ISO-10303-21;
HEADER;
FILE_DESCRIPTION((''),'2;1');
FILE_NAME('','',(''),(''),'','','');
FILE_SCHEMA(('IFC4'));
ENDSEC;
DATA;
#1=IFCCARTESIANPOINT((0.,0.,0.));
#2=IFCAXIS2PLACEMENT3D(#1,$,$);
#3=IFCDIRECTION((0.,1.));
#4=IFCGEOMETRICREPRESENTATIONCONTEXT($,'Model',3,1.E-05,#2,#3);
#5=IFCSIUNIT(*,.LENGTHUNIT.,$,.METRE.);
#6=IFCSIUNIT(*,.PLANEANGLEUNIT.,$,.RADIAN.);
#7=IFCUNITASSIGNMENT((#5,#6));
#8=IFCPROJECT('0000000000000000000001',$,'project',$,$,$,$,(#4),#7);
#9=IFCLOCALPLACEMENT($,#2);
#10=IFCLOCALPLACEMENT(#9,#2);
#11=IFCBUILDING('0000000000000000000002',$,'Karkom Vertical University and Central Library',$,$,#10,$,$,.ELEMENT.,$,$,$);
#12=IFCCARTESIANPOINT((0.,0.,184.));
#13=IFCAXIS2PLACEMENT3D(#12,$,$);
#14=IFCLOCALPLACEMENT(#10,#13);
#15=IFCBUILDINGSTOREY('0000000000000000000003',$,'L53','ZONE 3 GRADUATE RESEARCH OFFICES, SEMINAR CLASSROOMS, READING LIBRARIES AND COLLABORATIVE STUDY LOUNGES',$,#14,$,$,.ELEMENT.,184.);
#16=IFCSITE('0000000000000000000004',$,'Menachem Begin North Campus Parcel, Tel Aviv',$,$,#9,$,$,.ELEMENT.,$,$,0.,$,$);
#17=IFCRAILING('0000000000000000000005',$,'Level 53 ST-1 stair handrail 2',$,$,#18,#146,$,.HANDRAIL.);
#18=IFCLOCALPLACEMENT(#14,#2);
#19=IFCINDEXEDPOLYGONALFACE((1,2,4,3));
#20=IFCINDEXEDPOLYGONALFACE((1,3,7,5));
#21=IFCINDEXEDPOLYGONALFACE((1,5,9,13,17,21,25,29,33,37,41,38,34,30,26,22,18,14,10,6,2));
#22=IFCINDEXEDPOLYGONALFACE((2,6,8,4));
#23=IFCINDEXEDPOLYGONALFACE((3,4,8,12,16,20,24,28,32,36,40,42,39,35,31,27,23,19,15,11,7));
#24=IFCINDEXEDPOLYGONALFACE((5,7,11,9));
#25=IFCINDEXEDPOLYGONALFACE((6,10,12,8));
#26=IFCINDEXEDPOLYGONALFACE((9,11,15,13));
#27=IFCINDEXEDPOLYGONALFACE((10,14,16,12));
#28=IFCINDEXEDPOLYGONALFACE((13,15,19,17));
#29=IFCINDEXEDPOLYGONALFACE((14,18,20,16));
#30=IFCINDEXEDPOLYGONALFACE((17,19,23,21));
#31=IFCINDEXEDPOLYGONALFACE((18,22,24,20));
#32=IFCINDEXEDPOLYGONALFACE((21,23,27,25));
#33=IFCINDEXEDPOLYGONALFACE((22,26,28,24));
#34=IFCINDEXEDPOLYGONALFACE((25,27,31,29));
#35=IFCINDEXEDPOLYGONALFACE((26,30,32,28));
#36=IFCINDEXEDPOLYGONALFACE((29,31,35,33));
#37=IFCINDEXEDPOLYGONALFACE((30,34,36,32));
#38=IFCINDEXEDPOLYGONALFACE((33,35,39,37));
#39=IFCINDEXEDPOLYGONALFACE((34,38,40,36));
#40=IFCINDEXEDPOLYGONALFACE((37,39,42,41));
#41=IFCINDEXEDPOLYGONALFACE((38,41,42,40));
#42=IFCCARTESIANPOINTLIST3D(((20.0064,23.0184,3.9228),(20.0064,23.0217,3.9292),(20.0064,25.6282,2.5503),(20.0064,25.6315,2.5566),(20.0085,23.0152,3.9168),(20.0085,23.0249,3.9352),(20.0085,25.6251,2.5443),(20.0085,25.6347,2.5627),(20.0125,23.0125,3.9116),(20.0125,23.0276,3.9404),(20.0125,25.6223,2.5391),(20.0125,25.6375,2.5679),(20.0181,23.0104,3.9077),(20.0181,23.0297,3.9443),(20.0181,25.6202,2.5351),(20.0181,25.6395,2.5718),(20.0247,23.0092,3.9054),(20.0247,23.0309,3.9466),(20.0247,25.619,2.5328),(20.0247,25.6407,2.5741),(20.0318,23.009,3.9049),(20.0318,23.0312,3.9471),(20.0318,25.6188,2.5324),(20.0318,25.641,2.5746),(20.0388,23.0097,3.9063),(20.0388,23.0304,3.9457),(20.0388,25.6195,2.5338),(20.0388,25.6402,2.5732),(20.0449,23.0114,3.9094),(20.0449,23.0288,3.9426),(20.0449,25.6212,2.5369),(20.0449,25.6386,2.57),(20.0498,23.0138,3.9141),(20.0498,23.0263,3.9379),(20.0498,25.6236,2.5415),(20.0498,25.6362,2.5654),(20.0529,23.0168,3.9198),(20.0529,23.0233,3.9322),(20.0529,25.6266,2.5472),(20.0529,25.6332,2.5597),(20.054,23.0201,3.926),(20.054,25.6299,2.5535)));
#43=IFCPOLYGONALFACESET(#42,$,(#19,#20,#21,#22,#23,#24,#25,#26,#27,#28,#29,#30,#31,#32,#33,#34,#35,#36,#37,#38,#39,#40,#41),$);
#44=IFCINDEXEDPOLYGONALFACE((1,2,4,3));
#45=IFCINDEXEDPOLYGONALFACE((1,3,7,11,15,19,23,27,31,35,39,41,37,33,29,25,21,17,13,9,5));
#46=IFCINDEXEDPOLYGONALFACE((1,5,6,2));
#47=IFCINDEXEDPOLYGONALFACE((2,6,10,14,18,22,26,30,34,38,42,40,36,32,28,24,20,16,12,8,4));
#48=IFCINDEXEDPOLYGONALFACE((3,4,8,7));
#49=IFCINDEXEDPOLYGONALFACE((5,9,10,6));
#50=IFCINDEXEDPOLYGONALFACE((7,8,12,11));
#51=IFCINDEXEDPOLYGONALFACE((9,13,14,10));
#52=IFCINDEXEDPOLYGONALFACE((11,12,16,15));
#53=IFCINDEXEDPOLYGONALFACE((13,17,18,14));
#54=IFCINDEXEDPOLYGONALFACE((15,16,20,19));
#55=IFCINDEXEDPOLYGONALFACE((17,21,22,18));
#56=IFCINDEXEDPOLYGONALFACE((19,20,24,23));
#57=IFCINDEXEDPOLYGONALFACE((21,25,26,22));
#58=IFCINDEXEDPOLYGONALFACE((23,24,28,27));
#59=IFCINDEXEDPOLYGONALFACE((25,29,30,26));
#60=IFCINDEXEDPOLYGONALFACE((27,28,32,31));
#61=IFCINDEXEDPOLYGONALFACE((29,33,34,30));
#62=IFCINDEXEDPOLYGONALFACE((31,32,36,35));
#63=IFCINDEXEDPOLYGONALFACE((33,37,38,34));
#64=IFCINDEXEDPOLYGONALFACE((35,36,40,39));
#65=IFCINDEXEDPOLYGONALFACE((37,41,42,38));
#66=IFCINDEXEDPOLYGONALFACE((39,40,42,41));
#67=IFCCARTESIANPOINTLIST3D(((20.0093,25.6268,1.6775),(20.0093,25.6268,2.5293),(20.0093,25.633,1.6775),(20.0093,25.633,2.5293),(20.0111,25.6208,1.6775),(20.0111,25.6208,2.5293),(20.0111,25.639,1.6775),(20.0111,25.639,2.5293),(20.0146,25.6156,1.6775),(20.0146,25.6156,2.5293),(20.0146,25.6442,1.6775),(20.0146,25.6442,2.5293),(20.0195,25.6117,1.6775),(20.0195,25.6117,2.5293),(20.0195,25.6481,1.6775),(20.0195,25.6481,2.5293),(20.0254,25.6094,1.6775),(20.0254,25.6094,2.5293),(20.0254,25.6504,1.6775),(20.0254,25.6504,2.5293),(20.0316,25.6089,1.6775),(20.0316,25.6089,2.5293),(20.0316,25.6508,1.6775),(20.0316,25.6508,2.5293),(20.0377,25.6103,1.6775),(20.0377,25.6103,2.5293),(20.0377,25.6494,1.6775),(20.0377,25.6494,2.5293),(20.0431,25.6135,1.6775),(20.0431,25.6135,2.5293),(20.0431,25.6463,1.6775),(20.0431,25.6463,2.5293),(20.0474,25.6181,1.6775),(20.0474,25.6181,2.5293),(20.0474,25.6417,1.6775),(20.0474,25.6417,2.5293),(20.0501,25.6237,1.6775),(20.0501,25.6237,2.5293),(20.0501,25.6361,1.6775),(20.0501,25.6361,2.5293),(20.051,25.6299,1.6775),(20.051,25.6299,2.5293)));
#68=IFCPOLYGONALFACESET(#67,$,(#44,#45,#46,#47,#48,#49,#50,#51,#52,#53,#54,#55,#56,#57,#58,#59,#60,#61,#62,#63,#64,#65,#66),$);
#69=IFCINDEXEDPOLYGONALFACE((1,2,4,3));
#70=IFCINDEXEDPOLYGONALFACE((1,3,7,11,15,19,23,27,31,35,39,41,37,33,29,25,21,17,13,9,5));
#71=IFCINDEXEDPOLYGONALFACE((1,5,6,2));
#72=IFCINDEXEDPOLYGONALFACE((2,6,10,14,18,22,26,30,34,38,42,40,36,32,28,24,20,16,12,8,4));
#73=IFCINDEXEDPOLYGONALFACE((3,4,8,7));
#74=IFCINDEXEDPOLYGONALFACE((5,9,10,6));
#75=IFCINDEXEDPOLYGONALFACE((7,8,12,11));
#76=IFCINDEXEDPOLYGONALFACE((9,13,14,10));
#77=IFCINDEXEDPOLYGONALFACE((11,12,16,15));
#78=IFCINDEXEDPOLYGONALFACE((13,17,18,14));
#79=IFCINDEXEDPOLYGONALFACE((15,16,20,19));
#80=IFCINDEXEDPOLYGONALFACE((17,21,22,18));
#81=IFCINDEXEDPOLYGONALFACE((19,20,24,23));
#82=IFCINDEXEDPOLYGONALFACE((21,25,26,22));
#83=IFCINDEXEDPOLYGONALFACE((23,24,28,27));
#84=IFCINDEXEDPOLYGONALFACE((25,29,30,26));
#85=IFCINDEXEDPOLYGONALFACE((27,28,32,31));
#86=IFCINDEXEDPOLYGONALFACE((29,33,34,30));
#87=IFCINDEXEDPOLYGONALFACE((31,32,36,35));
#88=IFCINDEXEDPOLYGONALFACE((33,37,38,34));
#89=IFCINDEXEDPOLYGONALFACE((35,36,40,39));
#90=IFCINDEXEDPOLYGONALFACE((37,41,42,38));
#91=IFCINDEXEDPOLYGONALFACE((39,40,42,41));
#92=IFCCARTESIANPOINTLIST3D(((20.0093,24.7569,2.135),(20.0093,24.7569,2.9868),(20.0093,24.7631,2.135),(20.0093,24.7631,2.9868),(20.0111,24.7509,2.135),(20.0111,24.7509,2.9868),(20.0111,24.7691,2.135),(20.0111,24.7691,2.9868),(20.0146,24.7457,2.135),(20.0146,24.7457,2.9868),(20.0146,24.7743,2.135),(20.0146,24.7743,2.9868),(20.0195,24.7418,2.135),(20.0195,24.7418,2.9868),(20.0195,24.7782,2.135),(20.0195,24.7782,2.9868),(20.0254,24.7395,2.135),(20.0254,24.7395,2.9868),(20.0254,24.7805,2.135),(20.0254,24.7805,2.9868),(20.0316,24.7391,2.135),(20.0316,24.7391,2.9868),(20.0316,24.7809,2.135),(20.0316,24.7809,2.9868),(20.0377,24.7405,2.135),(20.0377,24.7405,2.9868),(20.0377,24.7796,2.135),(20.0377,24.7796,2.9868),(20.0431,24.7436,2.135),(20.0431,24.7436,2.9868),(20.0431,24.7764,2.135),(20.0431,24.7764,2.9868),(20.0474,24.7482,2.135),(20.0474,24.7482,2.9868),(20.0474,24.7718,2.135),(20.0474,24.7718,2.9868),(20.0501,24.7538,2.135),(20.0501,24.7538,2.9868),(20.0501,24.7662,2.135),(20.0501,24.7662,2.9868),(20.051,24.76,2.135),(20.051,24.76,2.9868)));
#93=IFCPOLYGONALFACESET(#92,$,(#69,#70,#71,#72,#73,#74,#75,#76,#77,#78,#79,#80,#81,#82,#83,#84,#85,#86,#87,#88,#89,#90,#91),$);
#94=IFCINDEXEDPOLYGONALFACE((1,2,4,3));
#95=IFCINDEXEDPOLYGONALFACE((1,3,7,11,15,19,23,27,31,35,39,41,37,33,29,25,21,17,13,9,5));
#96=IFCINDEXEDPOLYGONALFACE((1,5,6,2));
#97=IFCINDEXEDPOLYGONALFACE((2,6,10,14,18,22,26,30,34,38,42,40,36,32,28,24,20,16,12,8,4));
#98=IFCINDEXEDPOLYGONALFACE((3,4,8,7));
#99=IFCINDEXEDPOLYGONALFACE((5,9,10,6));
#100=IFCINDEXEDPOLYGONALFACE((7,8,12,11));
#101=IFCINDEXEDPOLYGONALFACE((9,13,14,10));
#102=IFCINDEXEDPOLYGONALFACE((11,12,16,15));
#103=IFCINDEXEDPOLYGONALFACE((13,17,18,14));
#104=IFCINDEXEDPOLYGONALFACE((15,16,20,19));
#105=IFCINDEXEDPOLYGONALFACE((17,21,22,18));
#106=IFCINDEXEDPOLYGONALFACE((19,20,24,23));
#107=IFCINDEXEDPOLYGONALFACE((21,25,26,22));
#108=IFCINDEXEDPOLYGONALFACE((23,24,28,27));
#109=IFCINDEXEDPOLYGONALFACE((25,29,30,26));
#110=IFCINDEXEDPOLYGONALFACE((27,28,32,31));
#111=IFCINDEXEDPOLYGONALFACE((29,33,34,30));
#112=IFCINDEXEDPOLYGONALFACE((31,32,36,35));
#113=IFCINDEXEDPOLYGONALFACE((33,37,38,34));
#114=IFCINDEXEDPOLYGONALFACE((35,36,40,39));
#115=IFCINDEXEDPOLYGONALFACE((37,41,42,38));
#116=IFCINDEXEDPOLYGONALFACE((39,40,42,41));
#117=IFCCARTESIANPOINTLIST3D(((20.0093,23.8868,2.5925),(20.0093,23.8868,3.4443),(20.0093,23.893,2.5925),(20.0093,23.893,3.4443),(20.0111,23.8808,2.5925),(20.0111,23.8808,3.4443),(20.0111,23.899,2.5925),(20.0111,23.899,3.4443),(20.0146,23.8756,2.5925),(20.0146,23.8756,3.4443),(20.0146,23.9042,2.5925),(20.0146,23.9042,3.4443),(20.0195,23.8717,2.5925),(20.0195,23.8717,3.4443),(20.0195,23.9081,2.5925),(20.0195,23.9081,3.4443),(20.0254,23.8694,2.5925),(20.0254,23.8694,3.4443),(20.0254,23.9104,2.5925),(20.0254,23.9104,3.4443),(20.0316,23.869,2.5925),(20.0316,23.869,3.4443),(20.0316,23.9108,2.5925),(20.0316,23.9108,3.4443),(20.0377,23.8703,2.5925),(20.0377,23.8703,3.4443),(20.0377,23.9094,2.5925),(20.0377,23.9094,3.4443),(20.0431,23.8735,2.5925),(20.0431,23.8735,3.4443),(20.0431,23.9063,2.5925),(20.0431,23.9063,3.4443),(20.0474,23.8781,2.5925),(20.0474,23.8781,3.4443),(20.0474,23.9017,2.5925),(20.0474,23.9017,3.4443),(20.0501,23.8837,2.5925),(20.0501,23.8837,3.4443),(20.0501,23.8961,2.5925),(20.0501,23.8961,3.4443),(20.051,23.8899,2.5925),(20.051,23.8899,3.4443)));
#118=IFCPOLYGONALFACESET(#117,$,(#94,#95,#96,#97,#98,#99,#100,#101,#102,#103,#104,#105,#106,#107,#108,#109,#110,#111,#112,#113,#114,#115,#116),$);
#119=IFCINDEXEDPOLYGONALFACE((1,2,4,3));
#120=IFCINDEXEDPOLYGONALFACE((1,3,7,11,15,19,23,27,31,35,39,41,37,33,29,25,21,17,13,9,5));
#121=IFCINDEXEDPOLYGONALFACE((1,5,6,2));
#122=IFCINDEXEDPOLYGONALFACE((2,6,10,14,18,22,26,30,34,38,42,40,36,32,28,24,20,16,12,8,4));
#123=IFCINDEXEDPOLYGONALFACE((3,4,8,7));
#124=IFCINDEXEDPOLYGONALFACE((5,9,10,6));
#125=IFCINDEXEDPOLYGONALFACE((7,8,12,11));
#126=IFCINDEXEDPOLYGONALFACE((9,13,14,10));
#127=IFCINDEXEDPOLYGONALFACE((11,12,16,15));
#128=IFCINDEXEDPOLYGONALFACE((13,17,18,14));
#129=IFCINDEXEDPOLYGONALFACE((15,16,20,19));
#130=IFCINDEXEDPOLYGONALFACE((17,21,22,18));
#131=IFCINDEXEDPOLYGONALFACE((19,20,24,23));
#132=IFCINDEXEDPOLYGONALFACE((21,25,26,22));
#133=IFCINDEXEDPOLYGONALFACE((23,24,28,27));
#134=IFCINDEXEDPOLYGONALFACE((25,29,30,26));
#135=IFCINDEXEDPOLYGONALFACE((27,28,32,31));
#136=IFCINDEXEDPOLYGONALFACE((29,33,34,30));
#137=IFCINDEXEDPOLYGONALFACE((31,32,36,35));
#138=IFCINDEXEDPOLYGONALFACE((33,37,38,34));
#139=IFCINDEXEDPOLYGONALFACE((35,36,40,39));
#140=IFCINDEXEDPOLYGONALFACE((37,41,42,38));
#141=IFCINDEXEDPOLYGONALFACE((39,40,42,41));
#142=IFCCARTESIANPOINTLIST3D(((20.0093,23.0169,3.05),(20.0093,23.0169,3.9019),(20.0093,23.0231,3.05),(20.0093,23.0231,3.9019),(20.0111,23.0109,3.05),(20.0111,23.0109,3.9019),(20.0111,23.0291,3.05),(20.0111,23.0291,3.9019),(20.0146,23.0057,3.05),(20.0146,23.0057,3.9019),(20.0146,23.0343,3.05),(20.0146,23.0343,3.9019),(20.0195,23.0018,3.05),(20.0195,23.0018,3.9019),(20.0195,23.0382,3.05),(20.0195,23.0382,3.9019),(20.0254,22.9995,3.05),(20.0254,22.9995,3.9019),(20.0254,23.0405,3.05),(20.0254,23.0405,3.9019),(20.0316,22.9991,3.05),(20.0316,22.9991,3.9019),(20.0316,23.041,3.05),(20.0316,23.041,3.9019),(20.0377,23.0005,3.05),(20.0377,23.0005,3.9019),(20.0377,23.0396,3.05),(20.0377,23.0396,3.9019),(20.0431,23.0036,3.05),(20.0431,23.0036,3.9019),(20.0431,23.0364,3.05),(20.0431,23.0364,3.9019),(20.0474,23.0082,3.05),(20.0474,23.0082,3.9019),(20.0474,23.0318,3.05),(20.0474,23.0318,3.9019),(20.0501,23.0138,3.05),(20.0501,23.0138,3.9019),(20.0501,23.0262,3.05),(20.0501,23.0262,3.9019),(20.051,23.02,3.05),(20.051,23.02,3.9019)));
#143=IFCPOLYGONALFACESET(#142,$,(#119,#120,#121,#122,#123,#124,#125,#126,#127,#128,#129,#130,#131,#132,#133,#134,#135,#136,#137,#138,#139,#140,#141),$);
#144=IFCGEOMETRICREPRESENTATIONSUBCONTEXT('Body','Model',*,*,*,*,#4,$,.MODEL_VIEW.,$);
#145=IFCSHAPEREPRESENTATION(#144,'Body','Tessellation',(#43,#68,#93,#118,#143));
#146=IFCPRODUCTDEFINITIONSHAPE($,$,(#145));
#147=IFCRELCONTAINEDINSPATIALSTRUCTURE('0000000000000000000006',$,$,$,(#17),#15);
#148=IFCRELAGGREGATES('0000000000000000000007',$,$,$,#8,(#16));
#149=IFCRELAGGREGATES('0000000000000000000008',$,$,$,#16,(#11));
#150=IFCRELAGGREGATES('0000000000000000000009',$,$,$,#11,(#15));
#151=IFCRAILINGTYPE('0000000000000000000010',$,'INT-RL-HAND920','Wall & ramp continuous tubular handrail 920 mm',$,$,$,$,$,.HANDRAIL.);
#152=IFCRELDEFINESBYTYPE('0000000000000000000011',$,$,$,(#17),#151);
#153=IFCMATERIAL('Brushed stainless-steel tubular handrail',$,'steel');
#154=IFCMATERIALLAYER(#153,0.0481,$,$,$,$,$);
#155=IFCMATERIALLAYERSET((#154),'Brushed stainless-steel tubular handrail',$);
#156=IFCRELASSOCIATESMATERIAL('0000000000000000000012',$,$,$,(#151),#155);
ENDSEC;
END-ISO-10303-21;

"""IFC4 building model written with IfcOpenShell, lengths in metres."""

from ifc_helpers import new_model, si_unit, direction, frame, origin, origin_2d, place, context, subcontext, project, spatial, circle, extrude, material, layer, layer_set, type_object, element, save


model = new_model("IFC4")

# Units and contexts
model_context = context("Model", 3, precision=1e-05, world=origin(), true_north=direction((0.0, 1.0)))
body_context = subcontext(model_context, "Body", "Model", "MODEL_VIEW")
ifc_project = project(units=[si_unit("LENGTHUNIT", "METRE"), si_unit("PLANEANGLEUNIT", "RADIAN")], contexts=[model_context])

# Site, building, storey
site_placement = place(None, origin())
site = spatial("IfcSite", under=ifc_project, at=site_placement, Name="Menachem Begin North Campus Parcel, Tel Aviv", CompositionType="ELEMENT", RefElevation=0.0)
building_placement = place(site_placement, origin())
building = spatial("IfcBuilding", under=site, at=building_placement, Name="Karkom Vertical University and Central Library", CompositionType="ELEMENT")
storey_placement = place(building_placement, frame((0.0, 0.0, 184.0)))
storey = spatial("IfcBuildingStorey", under=building, at=storey_placement, Name="L53", Description="ZONE 3 GRADUATE RESEARCH OFFICES, SEMINAR CLASSROOMS, READING LIBRARIES AND COLLABORATIVE STUDY LOUNGES", CompositionType="ELEMENT", Elevation=184.0)

# Railing
ifc_material_1 = material(Name="Brushed stainless-steel tubular handrail", Category="steel")
ifc_layer_1 = layer(ifc_material_1, 0.0481)
ifc_layer_set_1 = layer_set([ifc_layer_1], Name="Brushed stainless-steel tubular handrail")
railing_type_1 = type_object("IfcRailingType", Name="INT-RL-HAND920", Description="Wall & ramp continuous tubular handrail 920 mm", PredefinedType="HANDRAIL", material=ifc_layer_set_1)
railing_1_placement = place(storey_placement, frame((20.03, 25.6299, 1.6775)))
element("IfcRailing", 1, at=railing_1_placement, inside=storey, type_object=railing_type_1, Name="Level 53 ST-1 stair handrail 2", PredefinedType="HANDRAIL", context=body_context, shape_type="SweptSolid", body=[
    extrude(circle(Radius=0.0239, at=origin_2d()), frame((0.0, 0.0, 0.876), z_axis=(0.0, -0.885065, 0.465467), x_axis=(1.0, 0.0, 0.0)), (0.0, 0.0, 1.0), 2.9487),
    extrude(circle(Radius=0.021, at=origin_2d()), origin(), (0.0, 0.0, 1.0), 0.8518),
    extrude(circle(Radius=0.021, at=origin_2d()), frame((0.0, -0.8699, 0.4575)), (0.0, 0.0, 1.0), 0.8518),
    extrude(circle(Radius=0.021, at=origin_2d()), frame((0.0, -1.74, 0.915)), (0.0, 0.0, 1.0), 0.8518),
    extrude(circle(Radius=0.021, at=origin_2d()), frame((0.0, -2.6099, 1.3726)), (0.0, 0.0, 1.0), 0.8518),
])

save(model, "model.ifc")
